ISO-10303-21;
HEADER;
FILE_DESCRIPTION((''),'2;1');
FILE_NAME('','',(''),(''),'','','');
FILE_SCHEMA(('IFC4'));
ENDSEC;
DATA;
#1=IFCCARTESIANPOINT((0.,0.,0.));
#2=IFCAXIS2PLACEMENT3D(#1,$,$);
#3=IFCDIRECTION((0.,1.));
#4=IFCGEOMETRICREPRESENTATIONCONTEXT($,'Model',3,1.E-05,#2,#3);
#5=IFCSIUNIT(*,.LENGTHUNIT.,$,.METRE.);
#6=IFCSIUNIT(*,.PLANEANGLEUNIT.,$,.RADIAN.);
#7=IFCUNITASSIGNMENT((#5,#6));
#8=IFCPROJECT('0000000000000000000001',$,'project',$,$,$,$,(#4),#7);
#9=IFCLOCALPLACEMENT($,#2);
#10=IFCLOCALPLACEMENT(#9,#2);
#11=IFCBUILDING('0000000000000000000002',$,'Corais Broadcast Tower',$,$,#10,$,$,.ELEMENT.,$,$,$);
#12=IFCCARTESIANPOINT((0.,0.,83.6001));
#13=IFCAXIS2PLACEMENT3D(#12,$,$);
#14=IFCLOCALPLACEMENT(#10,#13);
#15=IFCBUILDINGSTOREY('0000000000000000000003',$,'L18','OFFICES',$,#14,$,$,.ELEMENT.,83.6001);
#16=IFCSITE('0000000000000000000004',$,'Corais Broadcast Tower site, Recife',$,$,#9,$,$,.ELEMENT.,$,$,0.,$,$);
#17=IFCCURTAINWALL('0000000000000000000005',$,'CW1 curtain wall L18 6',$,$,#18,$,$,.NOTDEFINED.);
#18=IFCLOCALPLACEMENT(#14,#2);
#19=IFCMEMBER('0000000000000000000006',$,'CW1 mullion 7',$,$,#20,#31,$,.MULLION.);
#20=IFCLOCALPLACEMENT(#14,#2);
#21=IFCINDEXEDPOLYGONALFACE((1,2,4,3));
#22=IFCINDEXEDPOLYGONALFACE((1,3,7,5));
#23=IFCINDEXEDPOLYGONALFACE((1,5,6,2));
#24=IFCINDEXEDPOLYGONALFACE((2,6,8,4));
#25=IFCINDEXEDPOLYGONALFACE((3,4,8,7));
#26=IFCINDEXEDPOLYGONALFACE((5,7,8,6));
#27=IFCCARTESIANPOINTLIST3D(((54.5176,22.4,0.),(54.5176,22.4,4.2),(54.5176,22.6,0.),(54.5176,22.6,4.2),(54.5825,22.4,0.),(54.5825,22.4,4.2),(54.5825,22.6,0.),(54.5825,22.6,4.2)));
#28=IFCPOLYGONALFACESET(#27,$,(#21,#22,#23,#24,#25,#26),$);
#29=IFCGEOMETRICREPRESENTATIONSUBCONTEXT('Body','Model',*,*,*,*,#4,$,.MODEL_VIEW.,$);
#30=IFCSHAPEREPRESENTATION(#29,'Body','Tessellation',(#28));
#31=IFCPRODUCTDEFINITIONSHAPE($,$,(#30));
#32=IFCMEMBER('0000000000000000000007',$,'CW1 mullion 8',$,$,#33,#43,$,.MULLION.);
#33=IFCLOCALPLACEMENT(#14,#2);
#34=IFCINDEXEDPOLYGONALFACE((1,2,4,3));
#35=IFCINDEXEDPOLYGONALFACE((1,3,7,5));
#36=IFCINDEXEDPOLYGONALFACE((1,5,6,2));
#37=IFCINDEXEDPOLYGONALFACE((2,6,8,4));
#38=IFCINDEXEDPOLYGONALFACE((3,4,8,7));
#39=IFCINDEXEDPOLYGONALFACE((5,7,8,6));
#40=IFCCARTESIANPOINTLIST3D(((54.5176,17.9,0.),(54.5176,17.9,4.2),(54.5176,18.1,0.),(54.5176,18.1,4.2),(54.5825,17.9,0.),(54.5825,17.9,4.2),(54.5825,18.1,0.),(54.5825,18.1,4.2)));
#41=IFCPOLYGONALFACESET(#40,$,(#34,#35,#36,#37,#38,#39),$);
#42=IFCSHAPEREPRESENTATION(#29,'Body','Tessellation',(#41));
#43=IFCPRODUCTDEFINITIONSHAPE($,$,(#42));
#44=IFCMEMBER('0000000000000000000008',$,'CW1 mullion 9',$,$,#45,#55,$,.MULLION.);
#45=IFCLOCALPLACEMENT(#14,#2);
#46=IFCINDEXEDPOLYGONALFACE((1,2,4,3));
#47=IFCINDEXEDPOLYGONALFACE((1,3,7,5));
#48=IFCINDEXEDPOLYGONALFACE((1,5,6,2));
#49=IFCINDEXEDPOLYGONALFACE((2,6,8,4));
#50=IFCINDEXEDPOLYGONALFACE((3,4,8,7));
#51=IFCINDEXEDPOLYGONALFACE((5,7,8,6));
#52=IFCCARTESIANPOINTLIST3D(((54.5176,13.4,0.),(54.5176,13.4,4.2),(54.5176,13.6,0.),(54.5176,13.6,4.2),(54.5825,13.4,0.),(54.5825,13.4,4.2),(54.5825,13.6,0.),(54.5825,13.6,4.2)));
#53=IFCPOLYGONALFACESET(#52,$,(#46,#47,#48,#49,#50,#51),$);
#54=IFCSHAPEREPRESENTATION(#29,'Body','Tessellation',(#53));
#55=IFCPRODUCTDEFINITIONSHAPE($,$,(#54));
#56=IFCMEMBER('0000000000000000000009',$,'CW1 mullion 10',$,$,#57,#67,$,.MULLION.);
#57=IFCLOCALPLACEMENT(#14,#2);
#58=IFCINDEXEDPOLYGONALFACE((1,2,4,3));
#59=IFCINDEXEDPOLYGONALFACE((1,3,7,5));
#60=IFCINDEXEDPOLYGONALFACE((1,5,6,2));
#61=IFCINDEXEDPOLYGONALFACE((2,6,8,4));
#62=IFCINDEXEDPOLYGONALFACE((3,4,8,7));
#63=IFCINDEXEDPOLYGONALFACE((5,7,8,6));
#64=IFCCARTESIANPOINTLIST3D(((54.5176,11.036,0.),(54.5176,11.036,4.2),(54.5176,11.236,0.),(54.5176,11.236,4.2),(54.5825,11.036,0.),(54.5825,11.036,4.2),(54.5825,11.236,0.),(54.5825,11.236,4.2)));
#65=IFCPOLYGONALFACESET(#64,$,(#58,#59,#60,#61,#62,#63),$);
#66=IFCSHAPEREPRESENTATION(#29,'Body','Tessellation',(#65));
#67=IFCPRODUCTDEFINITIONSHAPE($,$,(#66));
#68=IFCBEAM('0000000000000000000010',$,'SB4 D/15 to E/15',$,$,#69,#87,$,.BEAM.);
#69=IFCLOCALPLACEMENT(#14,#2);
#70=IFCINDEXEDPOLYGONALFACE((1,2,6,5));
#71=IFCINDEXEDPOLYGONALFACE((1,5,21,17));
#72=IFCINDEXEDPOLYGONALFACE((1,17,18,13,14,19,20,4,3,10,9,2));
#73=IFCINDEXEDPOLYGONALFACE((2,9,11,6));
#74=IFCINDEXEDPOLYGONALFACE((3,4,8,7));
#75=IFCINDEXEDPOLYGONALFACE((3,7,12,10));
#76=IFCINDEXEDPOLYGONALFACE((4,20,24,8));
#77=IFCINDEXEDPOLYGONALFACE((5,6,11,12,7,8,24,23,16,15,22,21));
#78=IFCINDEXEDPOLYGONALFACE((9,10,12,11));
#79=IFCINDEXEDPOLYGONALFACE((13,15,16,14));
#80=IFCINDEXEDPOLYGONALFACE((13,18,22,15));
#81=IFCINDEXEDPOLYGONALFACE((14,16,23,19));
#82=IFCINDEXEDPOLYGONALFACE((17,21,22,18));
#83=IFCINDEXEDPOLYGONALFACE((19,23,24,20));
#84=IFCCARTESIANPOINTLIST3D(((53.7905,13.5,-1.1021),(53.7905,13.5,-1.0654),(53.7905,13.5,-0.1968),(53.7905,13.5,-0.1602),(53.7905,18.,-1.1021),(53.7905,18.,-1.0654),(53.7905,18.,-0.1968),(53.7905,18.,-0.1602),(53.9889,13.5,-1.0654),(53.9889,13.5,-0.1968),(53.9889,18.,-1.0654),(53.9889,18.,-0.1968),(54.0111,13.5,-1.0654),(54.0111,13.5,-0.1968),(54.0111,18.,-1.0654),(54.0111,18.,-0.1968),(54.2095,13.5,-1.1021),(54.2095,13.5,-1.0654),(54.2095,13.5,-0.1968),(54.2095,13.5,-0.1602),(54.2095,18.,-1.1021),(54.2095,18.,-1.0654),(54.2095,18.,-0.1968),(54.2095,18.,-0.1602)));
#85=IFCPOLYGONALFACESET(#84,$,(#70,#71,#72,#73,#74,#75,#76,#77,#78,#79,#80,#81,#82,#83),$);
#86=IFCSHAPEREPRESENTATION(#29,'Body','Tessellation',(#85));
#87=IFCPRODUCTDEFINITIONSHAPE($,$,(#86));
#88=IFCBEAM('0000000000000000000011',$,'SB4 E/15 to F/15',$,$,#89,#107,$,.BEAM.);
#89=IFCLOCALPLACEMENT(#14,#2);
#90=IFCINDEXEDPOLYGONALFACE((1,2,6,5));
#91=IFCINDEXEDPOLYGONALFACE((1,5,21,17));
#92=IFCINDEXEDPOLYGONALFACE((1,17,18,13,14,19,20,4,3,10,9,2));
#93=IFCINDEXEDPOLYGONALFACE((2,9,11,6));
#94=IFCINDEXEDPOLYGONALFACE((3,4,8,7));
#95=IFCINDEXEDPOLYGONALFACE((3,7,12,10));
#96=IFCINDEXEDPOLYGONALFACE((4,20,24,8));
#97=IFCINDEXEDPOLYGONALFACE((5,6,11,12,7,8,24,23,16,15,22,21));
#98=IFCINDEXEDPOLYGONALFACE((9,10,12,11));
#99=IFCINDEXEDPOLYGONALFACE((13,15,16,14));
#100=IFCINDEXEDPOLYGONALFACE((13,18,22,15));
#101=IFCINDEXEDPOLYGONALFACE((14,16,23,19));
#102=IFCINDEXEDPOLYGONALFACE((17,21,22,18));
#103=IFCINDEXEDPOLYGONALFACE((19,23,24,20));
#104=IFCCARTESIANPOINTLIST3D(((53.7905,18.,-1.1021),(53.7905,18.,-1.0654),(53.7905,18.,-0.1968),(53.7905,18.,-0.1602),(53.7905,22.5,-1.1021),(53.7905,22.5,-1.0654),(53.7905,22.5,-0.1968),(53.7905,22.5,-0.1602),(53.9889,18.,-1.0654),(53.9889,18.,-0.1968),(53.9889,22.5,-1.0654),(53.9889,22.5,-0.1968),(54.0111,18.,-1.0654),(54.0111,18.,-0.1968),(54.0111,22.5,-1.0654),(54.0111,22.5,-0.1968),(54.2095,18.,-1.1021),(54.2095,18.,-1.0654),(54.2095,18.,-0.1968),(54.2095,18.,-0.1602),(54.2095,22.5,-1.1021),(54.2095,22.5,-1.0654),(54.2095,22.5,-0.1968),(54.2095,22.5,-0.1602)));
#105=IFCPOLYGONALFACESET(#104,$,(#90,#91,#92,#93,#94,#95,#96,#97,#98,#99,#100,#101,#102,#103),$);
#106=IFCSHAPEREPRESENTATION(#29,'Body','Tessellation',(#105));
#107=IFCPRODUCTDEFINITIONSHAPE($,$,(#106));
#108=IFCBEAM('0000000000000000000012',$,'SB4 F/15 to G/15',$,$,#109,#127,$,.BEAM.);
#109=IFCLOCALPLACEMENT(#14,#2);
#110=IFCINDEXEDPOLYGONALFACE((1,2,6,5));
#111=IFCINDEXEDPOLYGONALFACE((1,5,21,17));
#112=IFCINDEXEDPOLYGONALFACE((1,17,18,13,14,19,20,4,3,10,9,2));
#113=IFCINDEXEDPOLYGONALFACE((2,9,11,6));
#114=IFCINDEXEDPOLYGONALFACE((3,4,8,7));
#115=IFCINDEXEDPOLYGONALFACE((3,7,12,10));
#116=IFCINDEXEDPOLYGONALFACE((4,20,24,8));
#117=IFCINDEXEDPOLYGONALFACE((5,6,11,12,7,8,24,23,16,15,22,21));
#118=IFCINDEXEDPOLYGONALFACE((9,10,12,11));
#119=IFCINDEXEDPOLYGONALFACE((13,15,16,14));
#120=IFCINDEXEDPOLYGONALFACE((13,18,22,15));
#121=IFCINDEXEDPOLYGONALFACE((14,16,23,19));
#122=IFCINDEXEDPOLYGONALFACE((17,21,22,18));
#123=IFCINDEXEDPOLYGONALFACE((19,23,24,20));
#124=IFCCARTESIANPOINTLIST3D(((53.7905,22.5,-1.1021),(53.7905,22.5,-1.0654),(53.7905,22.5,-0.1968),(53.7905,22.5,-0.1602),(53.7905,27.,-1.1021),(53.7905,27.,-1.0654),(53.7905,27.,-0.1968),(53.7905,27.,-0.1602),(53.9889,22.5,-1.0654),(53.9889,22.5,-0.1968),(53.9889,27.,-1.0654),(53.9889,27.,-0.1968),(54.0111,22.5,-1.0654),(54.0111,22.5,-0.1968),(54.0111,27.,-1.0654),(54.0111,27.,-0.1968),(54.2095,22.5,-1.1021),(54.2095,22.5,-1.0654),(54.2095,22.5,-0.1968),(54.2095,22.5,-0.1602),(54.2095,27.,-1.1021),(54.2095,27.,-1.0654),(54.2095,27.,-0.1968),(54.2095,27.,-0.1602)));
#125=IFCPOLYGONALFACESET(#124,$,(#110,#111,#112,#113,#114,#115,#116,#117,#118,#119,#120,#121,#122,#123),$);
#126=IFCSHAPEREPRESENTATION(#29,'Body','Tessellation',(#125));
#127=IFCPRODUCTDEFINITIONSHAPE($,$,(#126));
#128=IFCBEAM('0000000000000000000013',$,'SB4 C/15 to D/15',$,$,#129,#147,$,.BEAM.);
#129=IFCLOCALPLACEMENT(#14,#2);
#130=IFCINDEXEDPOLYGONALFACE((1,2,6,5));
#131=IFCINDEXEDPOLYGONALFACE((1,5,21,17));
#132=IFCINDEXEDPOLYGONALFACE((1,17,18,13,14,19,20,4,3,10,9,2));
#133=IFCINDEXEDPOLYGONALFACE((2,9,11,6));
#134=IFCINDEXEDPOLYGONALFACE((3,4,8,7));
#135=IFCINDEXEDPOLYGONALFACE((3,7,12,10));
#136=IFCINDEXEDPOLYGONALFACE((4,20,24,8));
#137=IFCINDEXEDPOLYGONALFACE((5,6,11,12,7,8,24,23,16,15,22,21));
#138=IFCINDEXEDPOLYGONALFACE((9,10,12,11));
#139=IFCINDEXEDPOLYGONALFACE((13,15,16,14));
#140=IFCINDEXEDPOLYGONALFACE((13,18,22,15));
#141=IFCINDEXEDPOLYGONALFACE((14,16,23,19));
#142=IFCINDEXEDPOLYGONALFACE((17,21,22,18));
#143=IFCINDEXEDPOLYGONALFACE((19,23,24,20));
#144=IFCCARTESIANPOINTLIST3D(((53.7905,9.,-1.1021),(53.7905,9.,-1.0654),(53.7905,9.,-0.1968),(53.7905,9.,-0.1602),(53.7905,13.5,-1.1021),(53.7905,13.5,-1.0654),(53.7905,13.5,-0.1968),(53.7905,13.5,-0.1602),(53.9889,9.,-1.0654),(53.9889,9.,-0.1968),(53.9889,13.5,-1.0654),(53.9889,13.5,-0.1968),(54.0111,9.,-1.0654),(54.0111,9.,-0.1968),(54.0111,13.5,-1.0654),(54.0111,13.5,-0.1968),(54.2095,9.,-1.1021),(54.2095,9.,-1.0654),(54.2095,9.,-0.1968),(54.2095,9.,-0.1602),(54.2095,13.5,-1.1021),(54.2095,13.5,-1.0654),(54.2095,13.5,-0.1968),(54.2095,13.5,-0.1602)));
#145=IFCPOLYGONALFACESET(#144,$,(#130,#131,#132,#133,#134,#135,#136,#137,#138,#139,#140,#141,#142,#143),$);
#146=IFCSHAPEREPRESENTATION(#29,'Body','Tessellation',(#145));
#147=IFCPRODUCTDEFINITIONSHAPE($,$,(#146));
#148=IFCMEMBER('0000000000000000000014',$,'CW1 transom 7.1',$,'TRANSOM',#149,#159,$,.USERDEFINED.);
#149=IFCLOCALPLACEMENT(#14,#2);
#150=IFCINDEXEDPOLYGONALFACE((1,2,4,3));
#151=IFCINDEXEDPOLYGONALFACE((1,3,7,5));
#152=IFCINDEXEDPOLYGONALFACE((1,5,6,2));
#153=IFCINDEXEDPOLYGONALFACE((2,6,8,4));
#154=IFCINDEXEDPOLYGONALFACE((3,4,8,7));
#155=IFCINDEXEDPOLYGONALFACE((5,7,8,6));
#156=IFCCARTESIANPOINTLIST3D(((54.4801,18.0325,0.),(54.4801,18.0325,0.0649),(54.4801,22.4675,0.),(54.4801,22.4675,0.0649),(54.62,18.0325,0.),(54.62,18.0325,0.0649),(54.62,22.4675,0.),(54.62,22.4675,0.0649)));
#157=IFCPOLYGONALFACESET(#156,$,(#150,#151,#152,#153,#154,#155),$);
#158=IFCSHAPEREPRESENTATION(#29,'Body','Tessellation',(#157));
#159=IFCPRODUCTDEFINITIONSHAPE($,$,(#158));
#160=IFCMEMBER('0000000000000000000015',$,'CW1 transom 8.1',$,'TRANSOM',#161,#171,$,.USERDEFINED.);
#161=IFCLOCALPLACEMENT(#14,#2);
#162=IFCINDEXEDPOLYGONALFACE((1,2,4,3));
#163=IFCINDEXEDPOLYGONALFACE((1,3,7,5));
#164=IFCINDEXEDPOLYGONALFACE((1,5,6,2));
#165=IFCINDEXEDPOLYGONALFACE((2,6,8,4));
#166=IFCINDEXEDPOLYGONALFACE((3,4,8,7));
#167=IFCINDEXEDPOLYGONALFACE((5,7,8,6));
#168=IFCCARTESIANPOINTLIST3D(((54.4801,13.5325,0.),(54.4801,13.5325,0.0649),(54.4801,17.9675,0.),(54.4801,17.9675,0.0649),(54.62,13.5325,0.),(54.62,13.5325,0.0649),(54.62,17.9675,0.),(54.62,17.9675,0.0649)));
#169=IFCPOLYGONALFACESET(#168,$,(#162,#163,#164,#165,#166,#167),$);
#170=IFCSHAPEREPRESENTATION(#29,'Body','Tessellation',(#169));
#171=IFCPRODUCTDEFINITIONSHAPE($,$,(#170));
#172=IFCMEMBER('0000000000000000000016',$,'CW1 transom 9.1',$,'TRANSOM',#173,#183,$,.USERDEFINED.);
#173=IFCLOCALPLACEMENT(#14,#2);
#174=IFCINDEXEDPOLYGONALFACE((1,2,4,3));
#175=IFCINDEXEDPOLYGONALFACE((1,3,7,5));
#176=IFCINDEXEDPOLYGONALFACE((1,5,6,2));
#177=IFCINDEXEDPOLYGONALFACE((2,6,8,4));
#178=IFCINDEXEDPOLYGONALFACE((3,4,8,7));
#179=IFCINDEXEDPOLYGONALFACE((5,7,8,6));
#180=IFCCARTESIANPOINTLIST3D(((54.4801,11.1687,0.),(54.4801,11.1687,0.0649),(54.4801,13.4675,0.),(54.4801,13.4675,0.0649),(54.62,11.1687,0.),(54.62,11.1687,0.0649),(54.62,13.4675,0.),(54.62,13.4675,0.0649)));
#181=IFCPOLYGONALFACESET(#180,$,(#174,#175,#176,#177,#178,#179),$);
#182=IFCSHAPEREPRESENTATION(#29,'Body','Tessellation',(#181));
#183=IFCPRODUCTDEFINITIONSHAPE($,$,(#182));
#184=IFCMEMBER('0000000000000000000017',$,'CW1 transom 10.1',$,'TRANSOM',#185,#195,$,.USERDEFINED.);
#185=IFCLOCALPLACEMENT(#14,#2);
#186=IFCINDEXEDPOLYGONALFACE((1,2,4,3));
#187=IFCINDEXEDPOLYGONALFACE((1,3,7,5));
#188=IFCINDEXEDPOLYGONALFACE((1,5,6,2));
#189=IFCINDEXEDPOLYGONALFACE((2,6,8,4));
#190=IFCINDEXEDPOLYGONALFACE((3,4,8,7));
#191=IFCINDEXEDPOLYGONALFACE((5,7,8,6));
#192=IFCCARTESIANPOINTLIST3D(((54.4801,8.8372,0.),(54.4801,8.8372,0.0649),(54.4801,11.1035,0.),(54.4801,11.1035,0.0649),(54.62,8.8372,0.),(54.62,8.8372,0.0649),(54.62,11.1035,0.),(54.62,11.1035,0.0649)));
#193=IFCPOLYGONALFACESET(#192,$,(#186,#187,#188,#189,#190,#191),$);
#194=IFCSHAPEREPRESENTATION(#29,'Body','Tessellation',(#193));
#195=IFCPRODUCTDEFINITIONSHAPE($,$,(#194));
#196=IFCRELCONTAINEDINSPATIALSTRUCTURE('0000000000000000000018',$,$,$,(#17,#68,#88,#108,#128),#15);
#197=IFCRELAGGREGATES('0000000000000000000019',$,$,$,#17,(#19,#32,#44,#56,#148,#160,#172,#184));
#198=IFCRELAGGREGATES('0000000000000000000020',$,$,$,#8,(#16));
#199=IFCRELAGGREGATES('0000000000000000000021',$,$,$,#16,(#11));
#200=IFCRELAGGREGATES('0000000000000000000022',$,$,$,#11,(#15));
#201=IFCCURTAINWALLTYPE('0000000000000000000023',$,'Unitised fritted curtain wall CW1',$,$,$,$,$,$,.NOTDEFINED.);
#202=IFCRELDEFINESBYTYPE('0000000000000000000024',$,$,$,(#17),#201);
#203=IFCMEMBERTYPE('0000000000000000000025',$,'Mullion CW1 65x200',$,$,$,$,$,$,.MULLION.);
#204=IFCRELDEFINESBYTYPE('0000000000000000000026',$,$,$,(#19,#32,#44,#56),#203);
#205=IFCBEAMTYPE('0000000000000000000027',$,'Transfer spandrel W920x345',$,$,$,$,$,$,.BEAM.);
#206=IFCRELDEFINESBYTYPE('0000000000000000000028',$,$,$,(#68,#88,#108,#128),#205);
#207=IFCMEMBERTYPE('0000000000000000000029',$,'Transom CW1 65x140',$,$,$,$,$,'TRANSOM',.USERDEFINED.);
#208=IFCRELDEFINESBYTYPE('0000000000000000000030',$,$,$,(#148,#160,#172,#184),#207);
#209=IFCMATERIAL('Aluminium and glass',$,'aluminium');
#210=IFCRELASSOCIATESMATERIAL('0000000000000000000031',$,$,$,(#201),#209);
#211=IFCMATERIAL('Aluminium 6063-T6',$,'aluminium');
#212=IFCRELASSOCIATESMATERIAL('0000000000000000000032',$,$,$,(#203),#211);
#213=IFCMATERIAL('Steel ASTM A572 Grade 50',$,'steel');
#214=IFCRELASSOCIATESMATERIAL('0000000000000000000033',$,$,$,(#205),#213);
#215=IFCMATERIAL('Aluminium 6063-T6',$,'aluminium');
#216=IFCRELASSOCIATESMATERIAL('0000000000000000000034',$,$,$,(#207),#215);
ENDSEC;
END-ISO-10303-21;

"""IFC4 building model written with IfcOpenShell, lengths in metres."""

from ifc_helpers import new_model, si_unit, direction, frame, origin, origin_2d, place, context, subcontext, project, spatial, rectangle, i_section, extrude, material, material_profile, profile_set, type_object, element, aggregate, save


model = new_model("IFC4")

# Units and contexts
model_context = context("Model", 3, precision=1e-05, world=origin(), true_north=direction((0.0, 1.0)))
body_context = subcontext(model_context, "Body", "Model", "MODEL_VIEW")
ifc_project = project(units=[si_unit("LENGTHUNIT", "METRE"), si_unit("PLANEANGLEUNIT", "RADIAN")], contexts=[model_context])

# Site, building, storey
site_placement = place(None, origin())
site = spatial("IfcSite", under=ifc_project, at=site_placement, Name="Corais Broadcast Tower site, Recife", CompositionType="ELEMENT", RefElevation=0.0)
building_placement = place(site_placement, origin())
building = spatial("IfcBuilding", under=site, at=building_placement, Name="Corais Broadcast Tower", CompositionType="ELEMENT")
storey_placement = place(building_placement, frame((0.0, 0.0, 83.6001)))
storey = spatial("IfcBuildingStorey", under=building, at=storey_placement, Name="L18", Description="OFFICES", CompositionType="ELEMENT", Elevation=83.6001)

# Curtain wall, members
ifc_material_1 = material(Name="Aluminium and glass", Category="aluminium")
curtain_wall_type = type_object("IfcCurtainWallType", Name="Unitised fritted curtain wall CW1", PredefinedType="NOTDEFINED", material=ifc_material_1)
curtain_wall_placement = place(storey_placement, origin())
curtain_wall = element("IfcCurtainWall", 1, at=curtain_wall_placement, inside=storey, type_object=curtain_wall_type, Name="CW1 curtain wall L18 6", PredefinedType="NOTDEFINED")
ifc_material_2 = material(Name="Aluminium 6063-T6", Category="aluminium")
ifc_material_profile_1 = material_profile(ifc_material_2, rectangle(XDim=0.0649, YDim=0.2, at=origin_2d()), Name="Mullion CW1 65x200")
ifc_profile_set_1 = profile_set([ifc_material_profile_1], Name="Aluminium 6063-T6")
member_type_1 = type_object("IfcMemberType", Name="Mullion CW1 65x200", PredefinedType="MULLION", material=ifc_profile_set_1)
member_1_placement = place(storey_placement, frame((54.55, 22.5, 0.0), z_axis=(0.0, 0.0, 1.0), x_axis=(1.0, 0.0, 0.0)))
member_1 = element("IfcMember", 2, at=member_1_placement, type_object=member_type_1, Name="CW1 mullion 7", PredefinedType="MULLION", context=body_context, shape_type="SweptSolid", body=[
    extrude(rectangle(XDim=0.0649, YDim=0.2, at=origin_2d()), origin(), (0.0, 0.0, 1.0), 4.2),
])
member_2_placement = place(storey_placement, frame((54.55, 18.0, 0.0), z_axis=(0.0, 0.0, 1.0), x_axis=(1.0, 0.0, 0.0)))
member_2 = element("IfcMember", 3, at=member_2_placement, type_object=member_type_1, Name="CW1 mullion 8", PredefinedType="MULLION", context=body_context, shape_type="SweptSolid", body=[
    extrude(rectangle(XDim=0.0649, YDim=0.2, at=origin_2d()), origin(), (0.0, 0.0, 1.0), 4.2),
])
member_3_placement = place(storey_placement, frame((54.55, 13.5, 0.0), z_axis=(0.0, 0.0, 1.0), x_axis=(1.0, 0.0, 0.0)))
member_3 = element("IfcMember", 4, at=member_3_placement, type_object=member_type_1, Name="CW1 mullion 9", PredefinedType="MULLION", context=body_context, shape_type="SweptSolid", body=[
    extrude(rectangle(XDim=0.0649, YDim=0.2, at=origin_2d()), origin(), (0.0, 0.0, 1.0), 4.2),
])
member_4_placement = place(storey_placement, frame((54.55, 11.136, 0.0), z_axis=(0.0, 0.0, 1.0), x_axis=(1.0, 0.0, 0.0)))
member_4 = element("IfcMember", 5, at=member_4_placement, type_object=member_type_1, Name="CW1 mullion 10", PredefinedType="MULLION", context=body_context, shape_type="SweptSolid", body=[
    extrude(rectangle(XDim=0.0649, YDim=0.2, at=origin_2d()), origin(), (0.0, 0.0, 1.0), 4.2),
])

# Beams
ifc_material_3 = material(Name="Steel ASTM A572 Grade 50", Category="steel")
ifc_material_profile_2 = material_profile(ifc_material_3, i_section(OverallWidth=0.4189, OverallDepth=0.9419, WebThickness=0.0222, FlangeThickness=0.0366, at=origin_2d()), Name="W920x345")
ifc_profile_set_2 = profile_set([ifc_material_profile_2], Name="Steel ASTM A572 Grade 50")
beam_type_1 = type_object("IfcBeamType", Name="Transfer spandrel W920x345", PredefinedType="BEAM", material=ifc_profile_set_2)
for number, where, z_axis, x_axis, name in (
    (6, (54.0, 13.5, -0.6311), (0.0, 1.0, 0.0), (-1.0, 0.0, 0.0), "SB4 D/15 to E/15"),
    (7, (54.0, 18.0, -0.6311), (0.0, 1.0, 0.0), (-1.0, 0.0, 0.0), "SB4 E/15 to F/15"),
    (8, (54.0, 22.5, -0.6311), (0.0, 1.0, 0.0), (-1.0, 0.0, 0.0), "SB4 F/15 to G/15"),
    (9, (54.0, 9.0, -0.6311), (0.0, 1.0, 0.0), (-1.0, 0.0, 0.0), "SB4 C/15 to D/15"),
):
    element("IfcBeam", number, at=place(storey_placement, frame(where, z_axis=z_axis, x_axis=x_axis)), inside=storey, type_object=beam_type_1, Name=name, PredefinedType="BEAM", context=body_context, shape_type="SweptSolid", body=[
        extrude(i_section(OverallWidth=0.4189, OverallDepth=0.9419, WebThickness=0.0222, FlangeThickness=0.0366, at=origin_2d()), origin(), (0.0, 0.0, 1.0), 4.5),
    ])

# Members
ifc_material_4 = material(Name="Aluminium 6063-T6", Category="aluminium")
ifc_material_profile_3 = material_profile(ifc_material_4, rectangle(XDim=0.1399, YDim=0.0649, at=origin_2d()), Name="Transom CW1 65x140")
ifc_profile_set_3 = profile_set([ifc_material_profile_3], Name="Aluminium 6063-T6")
member_type_2 = type_object("IfcMemberType", Name="Transom CW1 65x140", ElementType="TRANSOM", PredefinedType="USERDEFINED", material=ifc_profile_set_3)
member_5_placement = place(storey_placement, frame((54.55, 22.4675, 0.0325), z_axis=(0.0, -1.0, 0.0), x_axis=(1.0, 0.0, 0.0)))
member_5 = element("IfcMember", 10, at=member_5_placement, type_object=member_type_2, Name="CW1 transom 7.1", ObjectType="TRANSOM", PredefinedType="USERDEFINED", context=body_context, shape_type="SweptSolid", body=[
    extrude(rectangle(XDim=0.1399, YDim=0.0649, at=origin_2d()), origin(), (0.0, 0.0, 1.0), 4.4351),
])
member_6_placement = place(storey_placement, frame((54.55, 17.9675, 0.0325), z_axis=(0.0, -1.0, 0.0), x_axis=(1.0, 0.0, 0.0)))
member_6 = element("IfcMember", 11, at=member_6_placement, type_object=member_type_2, Name="CW1 transom 8.1", ObjectType="TRANSOM", PredefinedType="USERDEFINED", context=body_context, shape_type="SweptSolid", body=[
    extrude(rectangle(XDim=0.1399, YDim=0.0649, at=origin_2d()), origin(), (0.0, 0.0, 1.0), 4.4351),
])
member_7_placement = place(storey_placement, frame((54.55, 13.4675, 0.0325), z_axis=(0.0, -1.0, 0.0), x_axis=(1.0, 0.0, 0.0)))
member_7 = element("IfcMember", 12, at=member_7_placement, type_object=member_type_2, Name="CW1 transom 9.1", ObjectType="TRANSOM", PredefinedType="USERDEFINED", context=body_context, shape_type="SweptSolid", body=[
    extrude(rectangle(XDim=0.1399, YDim=0.0649, at=origin_2d()), origin(), (0.0, 0.0, 1.0), 2.2988),
])
member_8_placement = place(storey_placement, frame((54.55, 11.1035, 0.0325), z_axis=(0.0, -1.0, 0.0), x_axis=(1.0, 0.0, 0.0)))
member_8 = element("IfcMember", 13, at=member_8_placement, type_object=member_type_2, Name="CW1 transom 10.1", ObjectType="TRANSOM", PredefinedType="USERDEFINED", context=body_context, shape_type="SweptSolid", body=[
    extrude(rectangle(XDim=0.1399, YDim=0.0649, at=origin_2d()), origin(), (0.0, 0.0, 1.0), 2.2664),
])

aggregate(curtain_wall, [member_1, member_2, member_3, member_4, member_5, member_6, member_7, member_8])

save(model, "model.ifc")
